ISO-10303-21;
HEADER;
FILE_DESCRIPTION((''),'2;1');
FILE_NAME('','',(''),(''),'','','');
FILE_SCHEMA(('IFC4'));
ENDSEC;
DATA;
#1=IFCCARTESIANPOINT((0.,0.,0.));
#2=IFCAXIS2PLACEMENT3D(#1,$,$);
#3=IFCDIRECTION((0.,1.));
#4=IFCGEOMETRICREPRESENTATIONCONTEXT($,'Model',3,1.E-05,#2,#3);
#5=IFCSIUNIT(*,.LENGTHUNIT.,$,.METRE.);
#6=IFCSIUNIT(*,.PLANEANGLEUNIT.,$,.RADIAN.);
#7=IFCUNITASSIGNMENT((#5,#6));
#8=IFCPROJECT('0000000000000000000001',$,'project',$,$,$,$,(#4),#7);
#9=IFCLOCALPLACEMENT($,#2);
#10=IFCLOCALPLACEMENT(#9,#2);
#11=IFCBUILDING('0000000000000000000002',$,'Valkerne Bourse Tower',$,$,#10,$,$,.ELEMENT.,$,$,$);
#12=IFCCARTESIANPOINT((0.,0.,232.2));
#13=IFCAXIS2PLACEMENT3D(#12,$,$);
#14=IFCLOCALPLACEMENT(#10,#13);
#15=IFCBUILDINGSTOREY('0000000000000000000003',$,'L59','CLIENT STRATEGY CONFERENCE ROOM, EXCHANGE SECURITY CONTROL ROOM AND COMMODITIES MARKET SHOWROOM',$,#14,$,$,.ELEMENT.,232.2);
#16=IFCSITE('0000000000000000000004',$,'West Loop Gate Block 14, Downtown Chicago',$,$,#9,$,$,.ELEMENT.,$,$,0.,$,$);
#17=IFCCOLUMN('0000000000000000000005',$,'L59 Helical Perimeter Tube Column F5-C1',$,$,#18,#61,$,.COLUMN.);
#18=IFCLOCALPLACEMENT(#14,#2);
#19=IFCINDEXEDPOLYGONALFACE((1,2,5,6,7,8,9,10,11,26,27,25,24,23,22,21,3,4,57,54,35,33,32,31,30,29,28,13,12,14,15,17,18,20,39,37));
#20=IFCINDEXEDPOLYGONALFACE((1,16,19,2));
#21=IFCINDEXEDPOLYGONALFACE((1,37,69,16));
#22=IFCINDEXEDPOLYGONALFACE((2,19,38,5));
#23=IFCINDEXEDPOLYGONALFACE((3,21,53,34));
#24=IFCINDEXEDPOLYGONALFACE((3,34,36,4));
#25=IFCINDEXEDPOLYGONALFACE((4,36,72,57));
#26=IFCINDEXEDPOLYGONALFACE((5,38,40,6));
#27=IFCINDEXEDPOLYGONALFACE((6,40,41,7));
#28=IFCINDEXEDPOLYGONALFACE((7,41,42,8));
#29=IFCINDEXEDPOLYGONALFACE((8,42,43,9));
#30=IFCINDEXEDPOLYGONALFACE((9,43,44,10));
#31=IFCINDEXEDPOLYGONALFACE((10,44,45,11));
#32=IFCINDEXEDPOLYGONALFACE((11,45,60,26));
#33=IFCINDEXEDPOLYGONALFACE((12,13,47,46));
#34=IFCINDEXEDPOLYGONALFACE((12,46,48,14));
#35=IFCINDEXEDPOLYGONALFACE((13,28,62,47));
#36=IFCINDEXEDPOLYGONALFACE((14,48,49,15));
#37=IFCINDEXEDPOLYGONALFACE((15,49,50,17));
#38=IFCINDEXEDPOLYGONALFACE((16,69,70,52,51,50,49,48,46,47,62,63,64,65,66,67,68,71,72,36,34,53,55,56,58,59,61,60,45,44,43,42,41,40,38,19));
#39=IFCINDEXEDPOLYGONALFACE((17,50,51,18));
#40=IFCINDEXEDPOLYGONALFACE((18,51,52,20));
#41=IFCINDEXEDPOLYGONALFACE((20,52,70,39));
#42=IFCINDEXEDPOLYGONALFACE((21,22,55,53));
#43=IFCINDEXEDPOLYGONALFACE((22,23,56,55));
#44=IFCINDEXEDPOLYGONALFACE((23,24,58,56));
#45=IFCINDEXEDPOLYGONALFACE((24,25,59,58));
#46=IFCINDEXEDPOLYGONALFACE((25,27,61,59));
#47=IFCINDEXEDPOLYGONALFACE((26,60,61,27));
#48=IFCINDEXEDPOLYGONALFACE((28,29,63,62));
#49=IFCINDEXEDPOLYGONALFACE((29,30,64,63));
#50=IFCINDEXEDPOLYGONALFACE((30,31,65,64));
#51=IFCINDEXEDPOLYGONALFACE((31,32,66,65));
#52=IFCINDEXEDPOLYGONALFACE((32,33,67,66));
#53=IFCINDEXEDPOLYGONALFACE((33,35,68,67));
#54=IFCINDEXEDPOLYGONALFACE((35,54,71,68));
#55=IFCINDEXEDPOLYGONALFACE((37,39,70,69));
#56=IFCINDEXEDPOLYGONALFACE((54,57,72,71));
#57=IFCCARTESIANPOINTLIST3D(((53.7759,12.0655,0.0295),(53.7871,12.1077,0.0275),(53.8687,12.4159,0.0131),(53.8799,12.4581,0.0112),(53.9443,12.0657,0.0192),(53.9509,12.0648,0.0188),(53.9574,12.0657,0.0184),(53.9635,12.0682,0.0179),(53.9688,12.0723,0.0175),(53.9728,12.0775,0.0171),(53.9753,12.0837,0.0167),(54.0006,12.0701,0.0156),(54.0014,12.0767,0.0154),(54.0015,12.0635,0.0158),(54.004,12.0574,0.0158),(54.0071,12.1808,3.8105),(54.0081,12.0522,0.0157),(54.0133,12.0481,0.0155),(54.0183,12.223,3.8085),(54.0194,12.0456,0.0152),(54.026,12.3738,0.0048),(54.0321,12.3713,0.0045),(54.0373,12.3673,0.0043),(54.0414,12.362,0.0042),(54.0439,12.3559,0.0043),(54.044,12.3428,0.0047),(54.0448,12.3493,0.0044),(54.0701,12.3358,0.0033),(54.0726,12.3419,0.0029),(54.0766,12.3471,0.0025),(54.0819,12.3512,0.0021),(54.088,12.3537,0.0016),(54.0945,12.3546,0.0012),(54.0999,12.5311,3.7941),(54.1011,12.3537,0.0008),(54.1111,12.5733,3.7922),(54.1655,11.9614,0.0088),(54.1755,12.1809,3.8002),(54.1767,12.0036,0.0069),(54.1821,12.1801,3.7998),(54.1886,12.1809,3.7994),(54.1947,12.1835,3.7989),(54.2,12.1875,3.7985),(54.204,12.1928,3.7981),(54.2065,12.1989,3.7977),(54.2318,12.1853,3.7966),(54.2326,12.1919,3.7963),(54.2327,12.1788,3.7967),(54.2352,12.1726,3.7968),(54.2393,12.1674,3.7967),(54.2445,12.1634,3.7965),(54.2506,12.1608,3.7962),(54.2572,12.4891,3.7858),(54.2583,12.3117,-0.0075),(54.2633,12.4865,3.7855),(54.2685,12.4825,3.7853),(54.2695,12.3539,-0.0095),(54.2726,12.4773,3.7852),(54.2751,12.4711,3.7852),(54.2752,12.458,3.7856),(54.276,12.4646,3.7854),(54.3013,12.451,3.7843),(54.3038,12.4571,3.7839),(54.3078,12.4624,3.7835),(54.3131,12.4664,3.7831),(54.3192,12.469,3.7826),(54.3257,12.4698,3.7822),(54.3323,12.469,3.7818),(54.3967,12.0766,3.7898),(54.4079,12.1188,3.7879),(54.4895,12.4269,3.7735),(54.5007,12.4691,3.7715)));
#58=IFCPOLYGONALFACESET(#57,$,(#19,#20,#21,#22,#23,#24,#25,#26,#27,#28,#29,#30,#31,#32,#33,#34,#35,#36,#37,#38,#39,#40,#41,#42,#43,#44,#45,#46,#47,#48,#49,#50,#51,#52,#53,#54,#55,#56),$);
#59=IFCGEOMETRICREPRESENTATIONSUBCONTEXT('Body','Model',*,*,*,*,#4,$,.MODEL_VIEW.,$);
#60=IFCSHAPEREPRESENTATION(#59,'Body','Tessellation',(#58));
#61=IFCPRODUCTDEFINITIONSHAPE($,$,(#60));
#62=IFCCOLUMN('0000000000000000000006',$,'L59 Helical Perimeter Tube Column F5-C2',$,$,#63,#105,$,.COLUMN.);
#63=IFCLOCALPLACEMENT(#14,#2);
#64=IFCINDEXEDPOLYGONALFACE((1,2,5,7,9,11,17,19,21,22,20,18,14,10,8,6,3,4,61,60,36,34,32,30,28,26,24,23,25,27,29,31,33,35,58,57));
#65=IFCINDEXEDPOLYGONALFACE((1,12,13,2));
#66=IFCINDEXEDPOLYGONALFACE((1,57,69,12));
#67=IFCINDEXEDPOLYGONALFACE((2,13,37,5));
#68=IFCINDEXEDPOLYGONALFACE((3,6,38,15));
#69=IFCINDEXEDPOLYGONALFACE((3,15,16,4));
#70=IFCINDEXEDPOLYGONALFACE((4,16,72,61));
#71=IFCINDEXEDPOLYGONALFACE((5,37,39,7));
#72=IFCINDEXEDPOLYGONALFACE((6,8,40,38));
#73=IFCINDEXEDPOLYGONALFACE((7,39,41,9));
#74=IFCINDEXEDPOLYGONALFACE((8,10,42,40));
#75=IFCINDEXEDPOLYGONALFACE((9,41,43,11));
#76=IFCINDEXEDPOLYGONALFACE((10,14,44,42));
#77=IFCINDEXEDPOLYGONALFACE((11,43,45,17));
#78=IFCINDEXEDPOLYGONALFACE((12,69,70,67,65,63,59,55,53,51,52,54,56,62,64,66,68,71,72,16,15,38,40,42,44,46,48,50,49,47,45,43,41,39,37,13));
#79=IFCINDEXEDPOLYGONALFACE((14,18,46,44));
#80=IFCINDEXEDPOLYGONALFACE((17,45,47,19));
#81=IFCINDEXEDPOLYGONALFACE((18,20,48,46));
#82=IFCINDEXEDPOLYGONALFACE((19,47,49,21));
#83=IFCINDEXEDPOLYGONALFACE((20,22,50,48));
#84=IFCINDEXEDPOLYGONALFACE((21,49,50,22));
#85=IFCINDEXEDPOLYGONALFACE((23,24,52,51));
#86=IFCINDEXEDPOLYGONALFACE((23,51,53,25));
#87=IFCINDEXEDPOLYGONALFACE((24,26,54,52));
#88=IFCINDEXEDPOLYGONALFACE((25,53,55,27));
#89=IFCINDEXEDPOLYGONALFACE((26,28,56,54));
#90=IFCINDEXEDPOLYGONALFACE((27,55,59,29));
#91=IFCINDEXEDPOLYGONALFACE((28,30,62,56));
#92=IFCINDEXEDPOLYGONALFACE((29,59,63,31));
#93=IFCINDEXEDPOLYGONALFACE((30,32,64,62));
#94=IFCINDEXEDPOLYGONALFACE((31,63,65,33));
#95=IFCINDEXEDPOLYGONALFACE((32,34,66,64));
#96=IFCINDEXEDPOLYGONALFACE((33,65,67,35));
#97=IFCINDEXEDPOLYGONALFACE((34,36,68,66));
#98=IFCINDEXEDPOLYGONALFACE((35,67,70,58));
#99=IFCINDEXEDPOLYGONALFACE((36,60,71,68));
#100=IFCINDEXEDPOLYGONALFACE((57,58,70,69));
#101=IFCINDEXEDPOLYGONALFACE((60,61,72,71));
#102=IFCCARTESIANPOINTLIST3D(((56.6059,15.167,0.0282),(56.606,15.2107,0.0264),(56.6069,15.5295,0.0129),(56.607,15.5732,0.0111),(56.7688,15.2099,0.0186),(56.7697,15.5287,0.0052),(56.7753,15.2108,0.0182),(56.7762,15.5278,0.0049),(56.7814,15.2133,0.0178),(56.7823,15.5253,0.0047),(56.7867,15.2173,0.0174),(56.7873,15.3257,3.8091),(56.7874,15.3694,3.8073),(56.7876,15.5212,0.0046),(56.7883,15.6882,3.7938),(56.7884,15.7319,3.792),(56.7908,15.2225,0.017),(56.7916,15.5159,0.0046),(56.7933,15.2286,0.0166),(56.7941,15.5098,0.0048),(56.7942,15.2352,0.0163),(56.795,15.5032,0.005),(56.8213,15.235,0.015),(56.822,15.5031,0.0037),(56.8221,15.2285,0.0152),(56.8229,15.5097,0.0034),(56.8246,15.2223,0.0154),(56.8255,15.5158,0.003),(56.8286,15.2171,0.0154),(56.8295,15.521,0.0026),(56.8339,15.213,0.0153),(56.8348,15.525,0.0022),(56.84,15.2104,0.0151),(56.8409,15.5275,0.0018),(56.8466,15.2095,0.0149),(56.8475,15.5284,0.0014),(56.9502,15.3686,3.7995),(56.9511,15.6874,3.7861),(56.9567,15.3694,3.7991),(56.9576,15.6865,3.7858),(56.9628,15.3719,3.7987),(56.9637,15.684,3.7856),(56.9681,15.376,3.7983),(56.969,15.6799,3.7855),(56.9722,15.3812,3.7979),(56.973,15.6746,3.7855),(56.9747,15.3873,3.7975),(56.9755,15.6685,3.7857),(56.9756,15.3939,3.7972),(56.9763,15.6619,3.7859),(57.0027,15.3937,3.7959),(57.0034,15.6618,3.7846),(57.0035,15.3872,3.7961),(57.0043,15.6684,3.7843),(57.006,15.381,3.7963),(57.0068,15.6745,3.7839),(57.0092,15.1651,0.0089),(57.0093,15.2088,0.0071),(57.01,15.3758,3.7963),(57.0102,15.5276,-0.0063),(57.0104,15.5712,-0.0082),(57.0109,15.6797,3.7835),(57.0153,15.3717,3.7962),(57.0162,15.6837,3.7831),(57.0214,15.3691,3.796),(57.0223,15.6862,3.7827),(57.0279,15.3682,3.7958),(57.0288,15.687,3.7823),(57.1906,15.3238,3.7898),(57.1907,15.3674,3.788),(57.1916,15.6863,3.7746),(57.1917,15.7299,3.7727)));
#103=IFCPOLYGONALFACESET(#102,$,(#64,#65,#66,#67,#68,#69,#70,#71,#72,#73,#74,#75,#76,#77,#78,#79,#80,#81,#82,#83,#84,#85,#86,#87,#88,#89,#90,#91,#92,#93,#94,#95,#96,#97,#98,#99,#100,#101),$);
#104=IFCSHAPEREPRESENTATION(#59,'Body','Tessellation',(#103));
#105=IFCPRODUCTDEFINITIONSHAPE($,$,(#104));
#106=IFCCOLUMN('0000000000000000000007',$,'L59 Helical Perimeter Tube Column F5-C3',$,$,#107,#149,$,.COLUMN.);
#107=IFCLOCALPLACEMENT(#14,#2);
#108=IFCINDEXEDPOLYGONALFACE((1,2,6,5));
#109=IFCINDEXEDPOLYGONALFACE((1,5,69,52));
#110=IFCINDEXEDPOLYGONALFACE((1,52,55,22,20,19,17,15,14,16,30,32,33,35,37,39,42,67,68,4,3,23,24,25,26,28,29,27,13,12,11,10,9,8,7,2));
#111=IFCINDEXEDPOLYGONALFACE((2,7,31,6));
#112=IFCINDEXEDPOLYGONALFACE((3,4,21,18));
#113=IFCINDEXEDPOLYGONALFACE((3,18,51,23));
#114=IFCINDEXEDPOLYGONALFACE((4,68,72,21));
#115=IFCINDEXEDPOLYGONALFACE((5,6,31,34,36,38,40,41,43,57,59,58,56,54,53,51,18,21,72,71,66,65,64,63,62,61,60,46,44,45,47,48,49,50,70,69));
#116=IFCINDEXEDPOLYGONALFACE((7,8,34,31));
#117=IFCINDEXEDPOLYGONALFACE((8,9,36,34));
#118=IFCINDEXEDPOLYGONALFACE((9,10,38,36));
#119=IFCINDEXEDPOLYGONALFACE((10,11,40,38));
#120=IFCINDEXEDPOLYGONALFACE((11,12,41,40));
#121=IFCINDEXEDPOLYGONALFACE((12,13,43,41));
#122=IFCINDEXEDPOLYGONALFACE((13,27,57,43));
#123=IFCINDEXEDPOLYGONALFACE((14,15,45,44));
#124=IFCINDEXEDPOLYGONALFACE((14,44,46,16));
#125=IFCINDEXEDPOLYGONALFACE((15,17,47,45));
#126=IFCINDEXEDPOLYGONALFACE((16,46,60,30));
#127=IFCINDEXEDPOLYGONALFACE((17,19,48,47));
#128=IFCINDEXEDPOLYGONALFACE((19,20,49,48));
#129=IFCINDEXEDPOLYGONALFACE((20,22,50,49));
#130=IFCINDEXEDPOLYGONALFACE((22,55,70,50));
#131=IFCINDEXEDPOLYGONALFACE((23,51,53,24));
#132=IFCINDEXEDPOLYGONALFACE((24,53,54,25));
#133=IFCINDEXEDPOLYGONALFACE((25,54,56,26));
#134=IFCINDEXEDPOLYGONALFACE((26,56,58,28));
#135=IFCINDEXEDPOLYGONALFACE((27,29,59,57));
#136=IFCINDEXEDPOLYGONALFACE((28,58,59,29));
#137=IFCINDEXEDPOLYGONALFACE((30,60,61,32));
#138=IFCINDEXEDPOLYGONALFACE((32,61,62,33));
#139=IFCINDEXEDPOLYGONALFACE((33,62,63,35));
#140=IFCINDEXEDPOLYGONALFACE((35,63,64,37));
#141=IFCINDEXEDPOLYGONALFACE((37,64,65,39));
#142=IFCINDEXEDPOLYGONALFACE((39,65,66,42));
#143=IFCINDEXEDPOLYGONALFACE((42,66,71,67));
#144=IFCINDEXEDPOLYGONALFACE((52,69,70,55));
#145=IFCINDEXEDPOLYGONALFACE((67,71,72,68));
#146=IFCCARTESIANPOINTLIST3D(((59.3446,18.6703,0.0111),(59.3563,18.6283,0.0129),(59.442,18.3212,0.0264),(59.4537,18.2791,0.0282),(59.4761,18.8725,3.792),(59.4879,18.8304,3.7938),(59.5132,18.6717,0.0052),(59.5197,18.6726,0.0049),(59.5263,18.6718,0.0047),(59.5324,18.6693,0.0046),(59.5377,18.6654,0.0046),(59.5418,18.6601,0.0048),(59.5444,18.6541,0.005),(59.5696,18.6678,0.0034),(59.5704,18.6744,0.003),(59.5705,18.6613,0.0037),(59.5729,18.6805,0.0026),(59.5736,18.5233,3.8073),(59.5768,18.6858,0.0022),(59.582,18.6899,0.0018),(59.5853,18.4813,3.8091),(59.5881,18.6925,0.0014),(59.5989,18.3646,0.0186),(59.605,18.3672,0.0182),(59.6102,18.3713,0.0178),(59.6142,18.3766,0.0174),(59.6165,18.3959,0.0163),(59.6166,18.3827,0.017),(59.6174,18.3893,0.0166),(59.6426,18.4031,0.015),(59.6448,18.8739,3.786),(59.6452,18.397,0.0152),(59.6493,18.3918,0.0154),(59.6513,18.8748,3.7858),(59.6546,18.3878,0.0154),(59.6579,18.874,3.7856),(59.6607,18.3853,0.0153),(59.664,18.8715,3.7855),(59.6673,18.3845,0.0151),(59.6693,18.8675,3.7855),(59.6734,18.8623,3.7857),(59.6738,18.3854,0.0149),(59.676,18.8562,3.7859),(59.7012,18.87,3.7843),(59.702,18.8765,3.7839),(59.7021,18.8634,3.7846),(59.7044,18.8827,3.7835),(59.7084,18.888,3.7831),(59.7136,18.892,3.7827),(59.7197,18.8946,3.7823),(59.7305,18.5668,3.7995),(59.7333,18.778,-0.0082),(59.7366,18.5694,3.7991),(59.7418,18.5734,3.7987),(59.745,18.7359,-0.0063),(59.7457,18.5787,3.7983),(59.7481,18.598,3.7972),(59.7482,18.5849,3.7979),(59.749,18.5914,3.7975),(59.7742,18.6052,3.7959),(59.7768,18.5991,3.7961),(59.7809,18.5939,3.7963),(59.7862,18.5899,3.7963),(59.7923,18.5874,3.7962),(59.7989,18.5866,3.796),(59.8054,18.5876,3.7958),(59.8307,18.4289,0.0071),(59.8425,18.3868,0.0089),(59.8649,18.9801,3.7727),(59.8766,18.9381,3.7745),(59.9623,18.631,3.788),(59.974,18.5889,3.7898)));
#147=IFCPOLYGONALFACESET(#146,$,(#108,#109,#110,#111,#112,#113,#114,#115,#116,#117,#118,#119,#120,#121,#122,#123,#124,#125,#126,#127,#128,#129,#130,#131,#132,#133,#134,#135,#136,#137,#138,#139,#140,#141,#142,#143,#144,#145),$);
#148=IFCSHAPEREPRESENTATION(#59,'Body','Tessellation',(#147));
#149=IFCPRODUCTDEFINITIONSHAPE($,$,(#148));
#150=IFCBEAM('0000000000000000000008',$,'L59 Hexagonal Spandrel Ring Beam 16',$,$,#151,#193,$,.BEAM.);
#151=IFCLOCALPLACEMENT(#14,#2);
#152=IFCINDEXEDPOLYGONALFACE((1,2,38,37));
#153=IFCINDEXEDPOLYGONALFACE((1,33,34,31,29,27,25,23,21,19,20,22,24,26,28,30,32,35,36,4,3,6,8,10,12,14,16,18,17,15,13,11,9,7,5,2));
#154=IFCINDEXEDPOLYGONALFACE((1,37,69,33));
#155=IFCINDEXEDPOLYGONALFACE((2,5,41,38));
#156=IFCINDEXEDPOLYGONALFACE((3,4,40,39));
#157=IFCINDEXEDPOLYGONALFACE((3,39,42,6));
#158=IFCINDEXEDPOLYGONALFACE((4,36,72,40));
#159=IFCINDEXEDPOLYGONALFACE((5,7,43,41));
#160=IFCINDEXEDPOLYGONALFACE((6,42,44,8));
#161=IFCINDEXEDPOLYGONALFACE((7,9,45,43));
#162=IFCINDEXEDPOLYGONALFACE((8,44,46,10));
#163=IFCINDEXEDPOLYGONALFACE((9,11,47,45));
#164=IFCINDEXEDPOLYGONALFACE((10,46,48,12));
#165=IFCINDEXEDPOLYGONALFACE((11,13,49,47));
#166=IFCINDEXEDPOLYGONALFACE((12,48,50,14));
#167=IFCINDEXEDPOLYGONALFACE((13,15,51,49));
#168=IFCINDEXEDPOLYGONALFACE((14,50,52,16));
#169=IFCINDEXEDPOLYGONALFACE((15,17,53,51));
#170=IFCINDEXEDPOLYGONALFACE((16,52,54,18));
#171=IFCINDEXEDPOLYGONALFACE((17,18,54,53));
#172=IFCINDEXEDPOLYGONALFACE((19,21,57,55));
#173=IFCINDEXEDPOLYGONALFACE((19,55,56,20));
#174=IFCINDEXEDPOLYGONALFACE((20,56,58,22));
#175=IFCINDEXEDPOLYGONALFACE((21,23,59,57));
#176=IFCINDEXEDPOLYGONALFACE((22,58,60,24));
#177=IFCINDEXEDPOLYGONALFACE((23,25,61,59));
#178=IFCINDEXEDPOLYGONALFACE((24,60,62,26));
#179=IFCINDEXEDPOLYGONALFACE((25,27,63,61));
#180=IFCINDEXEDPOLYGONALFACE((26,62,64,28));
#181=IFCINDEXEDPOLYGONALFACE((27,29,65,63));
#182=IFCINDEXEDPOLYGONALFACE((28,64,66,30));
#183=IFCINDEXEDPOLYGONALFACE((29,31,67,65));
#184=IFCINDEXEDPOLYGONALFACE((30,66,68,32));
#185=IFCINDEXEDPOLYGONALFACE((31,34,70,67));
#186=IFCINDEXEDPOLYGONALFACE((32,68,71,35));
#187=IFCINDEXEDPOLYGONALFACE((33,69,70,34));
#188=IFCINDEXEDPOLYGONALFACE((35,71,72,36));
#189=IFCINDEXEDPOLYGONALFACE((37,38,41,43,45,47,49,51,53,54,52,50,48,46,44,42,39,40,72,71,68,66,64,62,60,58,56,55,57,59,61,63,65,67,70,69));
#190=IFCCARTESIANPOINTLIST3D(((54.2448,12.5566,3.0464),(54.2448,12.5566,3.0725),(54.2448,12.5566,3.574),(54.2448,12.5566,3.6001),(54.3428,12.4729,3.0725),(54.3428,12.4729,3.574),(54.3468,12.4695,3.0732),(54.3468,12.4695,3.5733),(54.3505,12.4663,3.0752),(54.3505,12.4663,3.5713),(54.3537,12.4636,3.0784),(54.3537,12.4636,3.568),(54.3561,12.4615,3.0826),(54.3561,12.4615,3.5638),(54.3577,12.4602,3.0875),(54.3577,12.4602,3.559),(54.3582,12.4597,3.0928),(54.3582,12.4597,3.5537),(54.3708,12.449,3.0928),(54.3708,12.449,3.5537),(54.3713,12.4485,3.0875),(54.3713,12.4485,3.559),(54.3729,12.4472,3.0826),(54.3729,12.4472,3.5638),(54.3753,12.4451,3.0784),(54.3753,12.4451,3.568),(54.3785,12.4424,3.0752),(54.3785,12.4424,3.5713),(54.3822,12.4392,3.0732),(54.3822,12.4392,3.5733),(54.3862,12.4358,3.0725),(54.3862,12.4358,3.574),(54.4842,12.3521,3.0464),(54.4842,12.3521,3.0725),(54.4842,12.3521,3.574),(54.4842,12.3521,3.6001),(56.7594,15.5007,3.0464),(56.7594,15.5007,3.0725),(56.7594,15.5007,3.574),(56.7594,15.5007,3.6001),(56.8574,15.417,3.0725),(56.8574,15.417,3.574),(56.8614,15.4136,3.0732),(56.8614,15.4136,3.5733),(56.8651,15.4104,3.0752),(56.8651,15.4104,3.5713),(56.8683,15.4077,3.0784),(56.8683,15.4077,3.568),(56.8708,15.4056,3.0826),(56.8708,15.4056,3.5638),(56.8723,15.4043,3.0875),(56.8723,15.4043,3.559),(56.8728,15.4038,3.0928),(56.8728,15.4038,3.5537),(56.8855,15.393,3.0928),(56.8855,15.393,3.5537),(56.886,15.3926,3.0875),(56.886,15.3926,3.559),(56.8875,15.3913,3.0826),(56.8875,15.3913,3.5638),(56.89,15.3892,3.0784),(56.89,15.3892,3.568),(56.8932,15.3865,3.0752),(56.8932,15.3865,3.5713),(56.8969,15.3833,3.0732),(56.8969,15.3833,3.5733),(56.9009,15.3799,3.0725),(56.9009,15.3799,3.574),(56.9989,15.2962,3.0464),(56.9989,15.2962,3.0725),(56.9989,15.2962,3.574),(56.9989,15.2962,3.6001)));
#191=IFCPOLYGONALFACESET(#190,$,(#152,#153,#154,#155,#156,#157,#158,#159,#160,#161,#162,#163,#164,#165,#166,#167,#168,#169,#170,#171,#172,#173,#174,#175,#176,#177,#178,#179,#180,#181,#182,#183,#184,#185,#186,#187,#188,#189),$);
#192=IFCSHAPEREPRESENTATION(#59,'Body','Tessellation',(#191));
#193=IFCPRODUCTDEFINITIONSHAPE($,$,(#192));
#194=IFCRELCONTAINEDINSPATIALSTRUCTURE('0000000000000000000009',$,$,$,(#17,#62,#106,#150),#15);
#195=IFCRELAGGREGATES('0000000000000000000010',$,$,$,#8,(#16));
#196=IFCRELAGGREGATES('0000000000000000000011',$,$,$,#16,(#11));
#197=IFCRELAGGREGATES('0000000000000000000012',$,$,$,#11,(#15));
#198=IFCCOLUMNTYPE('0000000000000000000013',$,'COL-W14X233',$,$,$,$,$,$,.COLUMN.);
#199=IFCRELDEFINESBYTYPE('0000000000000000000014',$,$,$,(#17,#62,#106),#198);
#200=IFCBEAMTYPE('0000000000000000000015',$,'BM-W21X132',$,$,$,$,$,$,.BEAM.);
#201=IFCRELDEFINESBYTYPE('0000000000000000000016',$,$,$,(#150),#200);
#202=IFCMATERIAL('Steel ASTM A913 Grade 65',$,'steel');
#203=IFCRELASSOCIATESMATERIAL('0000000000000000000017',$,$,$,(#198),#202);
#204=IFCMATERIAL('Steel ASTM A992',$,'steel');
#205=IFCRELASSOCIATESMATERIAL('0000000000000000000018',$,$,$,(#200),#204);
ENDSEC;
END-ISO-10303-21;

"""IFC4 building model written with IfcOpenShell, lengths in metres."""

from ifc_helpers import new_model, si_unit, direction, frame, origin, origin_2d, place, context, subcontext, project, spatial, i_section, extrude, material, material_profile, profile_set, type_object, element, save


model = new_model("IFC4")

# Units and contexts
model_context = context("Model", 3, precision=1e-05, world=origin(), true_north=direction((0.0, 1.0)))
body_context = subcontext(model_context, "Body", "Model", "MODEL_VIEW")
ifc_project = project(units=[si_unit("LENGTHUNIT", "METRE"), si_unit("PLANEANGLEUNIT", "RADIAN")], contexts=[model_context])

# Site, building, storey
site_placement = place(None, origin())
site = spatial("IfcSite", under=ifc_project, at=site_placement, Name="West Loop Gate Block 14, Downtown Chicago", CompositionType="ELEMENT", RefElevation=0.0)
building_placement = place(site_placement, origin())
building = spatial("IfcBuilding", under=site, at=building_placement, Name="Valkerne Bourse Tower", CompositionType="ELEMENT")
storey_placement = place(building_placement, frame((0.0, 0.0, 232.2)))
storey = spatial("IfcBuildingStorey", under=building, at=storey_placement, Name="L59", Description="CLIENT STRATEGY CONFERENCE ROOM, EXCHANGE SECURITY CONTROL ROOM AND COMMODITIES MARKET SHOWROOM", CompositionType="ELEMENT", Elevation=232.2)

# Columns
ifc_material_1 = material(Name="Steel ASTM A913 Grade 65", Category="steel")
ifc_material_profile_1 = material_profile(ifc_material_1, i_section(OverallWidth=0.4038, OverallDepth=0.4065, WebThickness=0.0271, FlangeThickness=0.0437, FilletRadius=0.0254, at=origin_2d()), Name="W14X233")
ifc_profile_set_1 = profile_set([ifc_material_profile_1], Name="Steel ASTM A913 Grade 65")
column_type = type_object("IfcColumnType", Name="COL-W14X233", PredefinedType="COLUMN", material=ifc_profile_set_1)
column_placement = place(storey_placement, frame((54.0227, 12.2097, 0.01), z_axis=(0.061006, 0.030406, 0.997674), x_axis=(-0.964781, 0.258039, 0.05113)))
element("IfcColumn", 1, at=column_placement, inside=storey, type_object=column_type, Name="L59 Helical Perimeter Tube Column F5-C1", PredefinedType="COLUMN", context=body_context, shape_type="SweptSolid", body=[
    extrude(i_section(OverallWidth=0.4038, OverallDepth=0.4065, WebThickness=0.0271, FlangeThickness=0.0437, FilletRadius=0.0254, at=origin_2d()), origin(), (0.0, 0.0, 1.0), 3.7898),
])
for number, where, z_axis, x_axis, name in (
    (2, (56.8081, 15.3691, 0.01), (0.047879, 0.041886, 0.997975), (-0.998849, 0.004832, 0.047718), "L59 Helical Perimeter Tube Column F5-C2"),
    (3, (59.5935, 18.5286, 0.01), (0.034733, 0.053356, 0.997971), (-0.962626, -0.266589, 0.047756), "L59 Helical Perimeter Tube Column F5-C3"),
):
    element("IfcColumn", number, at=place(storey_placement, frame(where, z_axis=z_axis, x_axis=x_axis)), inside=storey, type_object=column_type, Name=name, PredefinedType="COLUMN", context=body_context, shape_type="SweptSolid", body=[
        extrude(i_section(OverallWidth=0.4038, OverallDepth=0.4065, WebThickness=0.0271, FlangeThickness=0.0437, FilletRadius=0.0254, at=origin_2d()), origin(), (0.0, 0.0, 1.0), 3.7886),
    ])

# Beam
ifc_material_2 = material(Name="Steel ASTM A992", Category="steel")
ifc_material_profile_2 = material_profile(ifc_material_2, i_section(OverallWidth=0.3149, OverallDepth=0.5537, WebThickness=0.0166, FlangeThickness=0.0261, FilletRadius=0.0203, at=origin_2d()), Name="W21X132")
ifc_profile_set_2 = profile_set([ifc_material_profile_2], Name="Steel ASTM A992")
beam_type = type_object("IfcBeamType", Name="BM-W21X132", PredefinedType="BEAM", material=ifc_profile_set_2)
beam_1_placement = place(storey_placement, frame((54.3645, 12.4543, 3.3232), z_axis=(0.649471, 0.760386, 0.0), x_axis=(-0.760386, 0.649471, 0.0)))
element("IfcBeam", 4, at=beam_1_placement, inside=storey, type_object=beam_type, Name="L59 Hexagonal Spandrel Ring Beam 16", PredefinedType="BEAM", context=body_context, shape_type="SweptSolid", body=[
    extrude(i_section(OverallWidth=0.3149, OverallDepth=0.5537, WebThickness=0.0166, FlangeThickness=0.0261, FilletRadius=0.0203, at=origin_2d()), origin(), (0.0, 0.0, 1.0), 3.8718),
])

save(model, "model.ifc")
